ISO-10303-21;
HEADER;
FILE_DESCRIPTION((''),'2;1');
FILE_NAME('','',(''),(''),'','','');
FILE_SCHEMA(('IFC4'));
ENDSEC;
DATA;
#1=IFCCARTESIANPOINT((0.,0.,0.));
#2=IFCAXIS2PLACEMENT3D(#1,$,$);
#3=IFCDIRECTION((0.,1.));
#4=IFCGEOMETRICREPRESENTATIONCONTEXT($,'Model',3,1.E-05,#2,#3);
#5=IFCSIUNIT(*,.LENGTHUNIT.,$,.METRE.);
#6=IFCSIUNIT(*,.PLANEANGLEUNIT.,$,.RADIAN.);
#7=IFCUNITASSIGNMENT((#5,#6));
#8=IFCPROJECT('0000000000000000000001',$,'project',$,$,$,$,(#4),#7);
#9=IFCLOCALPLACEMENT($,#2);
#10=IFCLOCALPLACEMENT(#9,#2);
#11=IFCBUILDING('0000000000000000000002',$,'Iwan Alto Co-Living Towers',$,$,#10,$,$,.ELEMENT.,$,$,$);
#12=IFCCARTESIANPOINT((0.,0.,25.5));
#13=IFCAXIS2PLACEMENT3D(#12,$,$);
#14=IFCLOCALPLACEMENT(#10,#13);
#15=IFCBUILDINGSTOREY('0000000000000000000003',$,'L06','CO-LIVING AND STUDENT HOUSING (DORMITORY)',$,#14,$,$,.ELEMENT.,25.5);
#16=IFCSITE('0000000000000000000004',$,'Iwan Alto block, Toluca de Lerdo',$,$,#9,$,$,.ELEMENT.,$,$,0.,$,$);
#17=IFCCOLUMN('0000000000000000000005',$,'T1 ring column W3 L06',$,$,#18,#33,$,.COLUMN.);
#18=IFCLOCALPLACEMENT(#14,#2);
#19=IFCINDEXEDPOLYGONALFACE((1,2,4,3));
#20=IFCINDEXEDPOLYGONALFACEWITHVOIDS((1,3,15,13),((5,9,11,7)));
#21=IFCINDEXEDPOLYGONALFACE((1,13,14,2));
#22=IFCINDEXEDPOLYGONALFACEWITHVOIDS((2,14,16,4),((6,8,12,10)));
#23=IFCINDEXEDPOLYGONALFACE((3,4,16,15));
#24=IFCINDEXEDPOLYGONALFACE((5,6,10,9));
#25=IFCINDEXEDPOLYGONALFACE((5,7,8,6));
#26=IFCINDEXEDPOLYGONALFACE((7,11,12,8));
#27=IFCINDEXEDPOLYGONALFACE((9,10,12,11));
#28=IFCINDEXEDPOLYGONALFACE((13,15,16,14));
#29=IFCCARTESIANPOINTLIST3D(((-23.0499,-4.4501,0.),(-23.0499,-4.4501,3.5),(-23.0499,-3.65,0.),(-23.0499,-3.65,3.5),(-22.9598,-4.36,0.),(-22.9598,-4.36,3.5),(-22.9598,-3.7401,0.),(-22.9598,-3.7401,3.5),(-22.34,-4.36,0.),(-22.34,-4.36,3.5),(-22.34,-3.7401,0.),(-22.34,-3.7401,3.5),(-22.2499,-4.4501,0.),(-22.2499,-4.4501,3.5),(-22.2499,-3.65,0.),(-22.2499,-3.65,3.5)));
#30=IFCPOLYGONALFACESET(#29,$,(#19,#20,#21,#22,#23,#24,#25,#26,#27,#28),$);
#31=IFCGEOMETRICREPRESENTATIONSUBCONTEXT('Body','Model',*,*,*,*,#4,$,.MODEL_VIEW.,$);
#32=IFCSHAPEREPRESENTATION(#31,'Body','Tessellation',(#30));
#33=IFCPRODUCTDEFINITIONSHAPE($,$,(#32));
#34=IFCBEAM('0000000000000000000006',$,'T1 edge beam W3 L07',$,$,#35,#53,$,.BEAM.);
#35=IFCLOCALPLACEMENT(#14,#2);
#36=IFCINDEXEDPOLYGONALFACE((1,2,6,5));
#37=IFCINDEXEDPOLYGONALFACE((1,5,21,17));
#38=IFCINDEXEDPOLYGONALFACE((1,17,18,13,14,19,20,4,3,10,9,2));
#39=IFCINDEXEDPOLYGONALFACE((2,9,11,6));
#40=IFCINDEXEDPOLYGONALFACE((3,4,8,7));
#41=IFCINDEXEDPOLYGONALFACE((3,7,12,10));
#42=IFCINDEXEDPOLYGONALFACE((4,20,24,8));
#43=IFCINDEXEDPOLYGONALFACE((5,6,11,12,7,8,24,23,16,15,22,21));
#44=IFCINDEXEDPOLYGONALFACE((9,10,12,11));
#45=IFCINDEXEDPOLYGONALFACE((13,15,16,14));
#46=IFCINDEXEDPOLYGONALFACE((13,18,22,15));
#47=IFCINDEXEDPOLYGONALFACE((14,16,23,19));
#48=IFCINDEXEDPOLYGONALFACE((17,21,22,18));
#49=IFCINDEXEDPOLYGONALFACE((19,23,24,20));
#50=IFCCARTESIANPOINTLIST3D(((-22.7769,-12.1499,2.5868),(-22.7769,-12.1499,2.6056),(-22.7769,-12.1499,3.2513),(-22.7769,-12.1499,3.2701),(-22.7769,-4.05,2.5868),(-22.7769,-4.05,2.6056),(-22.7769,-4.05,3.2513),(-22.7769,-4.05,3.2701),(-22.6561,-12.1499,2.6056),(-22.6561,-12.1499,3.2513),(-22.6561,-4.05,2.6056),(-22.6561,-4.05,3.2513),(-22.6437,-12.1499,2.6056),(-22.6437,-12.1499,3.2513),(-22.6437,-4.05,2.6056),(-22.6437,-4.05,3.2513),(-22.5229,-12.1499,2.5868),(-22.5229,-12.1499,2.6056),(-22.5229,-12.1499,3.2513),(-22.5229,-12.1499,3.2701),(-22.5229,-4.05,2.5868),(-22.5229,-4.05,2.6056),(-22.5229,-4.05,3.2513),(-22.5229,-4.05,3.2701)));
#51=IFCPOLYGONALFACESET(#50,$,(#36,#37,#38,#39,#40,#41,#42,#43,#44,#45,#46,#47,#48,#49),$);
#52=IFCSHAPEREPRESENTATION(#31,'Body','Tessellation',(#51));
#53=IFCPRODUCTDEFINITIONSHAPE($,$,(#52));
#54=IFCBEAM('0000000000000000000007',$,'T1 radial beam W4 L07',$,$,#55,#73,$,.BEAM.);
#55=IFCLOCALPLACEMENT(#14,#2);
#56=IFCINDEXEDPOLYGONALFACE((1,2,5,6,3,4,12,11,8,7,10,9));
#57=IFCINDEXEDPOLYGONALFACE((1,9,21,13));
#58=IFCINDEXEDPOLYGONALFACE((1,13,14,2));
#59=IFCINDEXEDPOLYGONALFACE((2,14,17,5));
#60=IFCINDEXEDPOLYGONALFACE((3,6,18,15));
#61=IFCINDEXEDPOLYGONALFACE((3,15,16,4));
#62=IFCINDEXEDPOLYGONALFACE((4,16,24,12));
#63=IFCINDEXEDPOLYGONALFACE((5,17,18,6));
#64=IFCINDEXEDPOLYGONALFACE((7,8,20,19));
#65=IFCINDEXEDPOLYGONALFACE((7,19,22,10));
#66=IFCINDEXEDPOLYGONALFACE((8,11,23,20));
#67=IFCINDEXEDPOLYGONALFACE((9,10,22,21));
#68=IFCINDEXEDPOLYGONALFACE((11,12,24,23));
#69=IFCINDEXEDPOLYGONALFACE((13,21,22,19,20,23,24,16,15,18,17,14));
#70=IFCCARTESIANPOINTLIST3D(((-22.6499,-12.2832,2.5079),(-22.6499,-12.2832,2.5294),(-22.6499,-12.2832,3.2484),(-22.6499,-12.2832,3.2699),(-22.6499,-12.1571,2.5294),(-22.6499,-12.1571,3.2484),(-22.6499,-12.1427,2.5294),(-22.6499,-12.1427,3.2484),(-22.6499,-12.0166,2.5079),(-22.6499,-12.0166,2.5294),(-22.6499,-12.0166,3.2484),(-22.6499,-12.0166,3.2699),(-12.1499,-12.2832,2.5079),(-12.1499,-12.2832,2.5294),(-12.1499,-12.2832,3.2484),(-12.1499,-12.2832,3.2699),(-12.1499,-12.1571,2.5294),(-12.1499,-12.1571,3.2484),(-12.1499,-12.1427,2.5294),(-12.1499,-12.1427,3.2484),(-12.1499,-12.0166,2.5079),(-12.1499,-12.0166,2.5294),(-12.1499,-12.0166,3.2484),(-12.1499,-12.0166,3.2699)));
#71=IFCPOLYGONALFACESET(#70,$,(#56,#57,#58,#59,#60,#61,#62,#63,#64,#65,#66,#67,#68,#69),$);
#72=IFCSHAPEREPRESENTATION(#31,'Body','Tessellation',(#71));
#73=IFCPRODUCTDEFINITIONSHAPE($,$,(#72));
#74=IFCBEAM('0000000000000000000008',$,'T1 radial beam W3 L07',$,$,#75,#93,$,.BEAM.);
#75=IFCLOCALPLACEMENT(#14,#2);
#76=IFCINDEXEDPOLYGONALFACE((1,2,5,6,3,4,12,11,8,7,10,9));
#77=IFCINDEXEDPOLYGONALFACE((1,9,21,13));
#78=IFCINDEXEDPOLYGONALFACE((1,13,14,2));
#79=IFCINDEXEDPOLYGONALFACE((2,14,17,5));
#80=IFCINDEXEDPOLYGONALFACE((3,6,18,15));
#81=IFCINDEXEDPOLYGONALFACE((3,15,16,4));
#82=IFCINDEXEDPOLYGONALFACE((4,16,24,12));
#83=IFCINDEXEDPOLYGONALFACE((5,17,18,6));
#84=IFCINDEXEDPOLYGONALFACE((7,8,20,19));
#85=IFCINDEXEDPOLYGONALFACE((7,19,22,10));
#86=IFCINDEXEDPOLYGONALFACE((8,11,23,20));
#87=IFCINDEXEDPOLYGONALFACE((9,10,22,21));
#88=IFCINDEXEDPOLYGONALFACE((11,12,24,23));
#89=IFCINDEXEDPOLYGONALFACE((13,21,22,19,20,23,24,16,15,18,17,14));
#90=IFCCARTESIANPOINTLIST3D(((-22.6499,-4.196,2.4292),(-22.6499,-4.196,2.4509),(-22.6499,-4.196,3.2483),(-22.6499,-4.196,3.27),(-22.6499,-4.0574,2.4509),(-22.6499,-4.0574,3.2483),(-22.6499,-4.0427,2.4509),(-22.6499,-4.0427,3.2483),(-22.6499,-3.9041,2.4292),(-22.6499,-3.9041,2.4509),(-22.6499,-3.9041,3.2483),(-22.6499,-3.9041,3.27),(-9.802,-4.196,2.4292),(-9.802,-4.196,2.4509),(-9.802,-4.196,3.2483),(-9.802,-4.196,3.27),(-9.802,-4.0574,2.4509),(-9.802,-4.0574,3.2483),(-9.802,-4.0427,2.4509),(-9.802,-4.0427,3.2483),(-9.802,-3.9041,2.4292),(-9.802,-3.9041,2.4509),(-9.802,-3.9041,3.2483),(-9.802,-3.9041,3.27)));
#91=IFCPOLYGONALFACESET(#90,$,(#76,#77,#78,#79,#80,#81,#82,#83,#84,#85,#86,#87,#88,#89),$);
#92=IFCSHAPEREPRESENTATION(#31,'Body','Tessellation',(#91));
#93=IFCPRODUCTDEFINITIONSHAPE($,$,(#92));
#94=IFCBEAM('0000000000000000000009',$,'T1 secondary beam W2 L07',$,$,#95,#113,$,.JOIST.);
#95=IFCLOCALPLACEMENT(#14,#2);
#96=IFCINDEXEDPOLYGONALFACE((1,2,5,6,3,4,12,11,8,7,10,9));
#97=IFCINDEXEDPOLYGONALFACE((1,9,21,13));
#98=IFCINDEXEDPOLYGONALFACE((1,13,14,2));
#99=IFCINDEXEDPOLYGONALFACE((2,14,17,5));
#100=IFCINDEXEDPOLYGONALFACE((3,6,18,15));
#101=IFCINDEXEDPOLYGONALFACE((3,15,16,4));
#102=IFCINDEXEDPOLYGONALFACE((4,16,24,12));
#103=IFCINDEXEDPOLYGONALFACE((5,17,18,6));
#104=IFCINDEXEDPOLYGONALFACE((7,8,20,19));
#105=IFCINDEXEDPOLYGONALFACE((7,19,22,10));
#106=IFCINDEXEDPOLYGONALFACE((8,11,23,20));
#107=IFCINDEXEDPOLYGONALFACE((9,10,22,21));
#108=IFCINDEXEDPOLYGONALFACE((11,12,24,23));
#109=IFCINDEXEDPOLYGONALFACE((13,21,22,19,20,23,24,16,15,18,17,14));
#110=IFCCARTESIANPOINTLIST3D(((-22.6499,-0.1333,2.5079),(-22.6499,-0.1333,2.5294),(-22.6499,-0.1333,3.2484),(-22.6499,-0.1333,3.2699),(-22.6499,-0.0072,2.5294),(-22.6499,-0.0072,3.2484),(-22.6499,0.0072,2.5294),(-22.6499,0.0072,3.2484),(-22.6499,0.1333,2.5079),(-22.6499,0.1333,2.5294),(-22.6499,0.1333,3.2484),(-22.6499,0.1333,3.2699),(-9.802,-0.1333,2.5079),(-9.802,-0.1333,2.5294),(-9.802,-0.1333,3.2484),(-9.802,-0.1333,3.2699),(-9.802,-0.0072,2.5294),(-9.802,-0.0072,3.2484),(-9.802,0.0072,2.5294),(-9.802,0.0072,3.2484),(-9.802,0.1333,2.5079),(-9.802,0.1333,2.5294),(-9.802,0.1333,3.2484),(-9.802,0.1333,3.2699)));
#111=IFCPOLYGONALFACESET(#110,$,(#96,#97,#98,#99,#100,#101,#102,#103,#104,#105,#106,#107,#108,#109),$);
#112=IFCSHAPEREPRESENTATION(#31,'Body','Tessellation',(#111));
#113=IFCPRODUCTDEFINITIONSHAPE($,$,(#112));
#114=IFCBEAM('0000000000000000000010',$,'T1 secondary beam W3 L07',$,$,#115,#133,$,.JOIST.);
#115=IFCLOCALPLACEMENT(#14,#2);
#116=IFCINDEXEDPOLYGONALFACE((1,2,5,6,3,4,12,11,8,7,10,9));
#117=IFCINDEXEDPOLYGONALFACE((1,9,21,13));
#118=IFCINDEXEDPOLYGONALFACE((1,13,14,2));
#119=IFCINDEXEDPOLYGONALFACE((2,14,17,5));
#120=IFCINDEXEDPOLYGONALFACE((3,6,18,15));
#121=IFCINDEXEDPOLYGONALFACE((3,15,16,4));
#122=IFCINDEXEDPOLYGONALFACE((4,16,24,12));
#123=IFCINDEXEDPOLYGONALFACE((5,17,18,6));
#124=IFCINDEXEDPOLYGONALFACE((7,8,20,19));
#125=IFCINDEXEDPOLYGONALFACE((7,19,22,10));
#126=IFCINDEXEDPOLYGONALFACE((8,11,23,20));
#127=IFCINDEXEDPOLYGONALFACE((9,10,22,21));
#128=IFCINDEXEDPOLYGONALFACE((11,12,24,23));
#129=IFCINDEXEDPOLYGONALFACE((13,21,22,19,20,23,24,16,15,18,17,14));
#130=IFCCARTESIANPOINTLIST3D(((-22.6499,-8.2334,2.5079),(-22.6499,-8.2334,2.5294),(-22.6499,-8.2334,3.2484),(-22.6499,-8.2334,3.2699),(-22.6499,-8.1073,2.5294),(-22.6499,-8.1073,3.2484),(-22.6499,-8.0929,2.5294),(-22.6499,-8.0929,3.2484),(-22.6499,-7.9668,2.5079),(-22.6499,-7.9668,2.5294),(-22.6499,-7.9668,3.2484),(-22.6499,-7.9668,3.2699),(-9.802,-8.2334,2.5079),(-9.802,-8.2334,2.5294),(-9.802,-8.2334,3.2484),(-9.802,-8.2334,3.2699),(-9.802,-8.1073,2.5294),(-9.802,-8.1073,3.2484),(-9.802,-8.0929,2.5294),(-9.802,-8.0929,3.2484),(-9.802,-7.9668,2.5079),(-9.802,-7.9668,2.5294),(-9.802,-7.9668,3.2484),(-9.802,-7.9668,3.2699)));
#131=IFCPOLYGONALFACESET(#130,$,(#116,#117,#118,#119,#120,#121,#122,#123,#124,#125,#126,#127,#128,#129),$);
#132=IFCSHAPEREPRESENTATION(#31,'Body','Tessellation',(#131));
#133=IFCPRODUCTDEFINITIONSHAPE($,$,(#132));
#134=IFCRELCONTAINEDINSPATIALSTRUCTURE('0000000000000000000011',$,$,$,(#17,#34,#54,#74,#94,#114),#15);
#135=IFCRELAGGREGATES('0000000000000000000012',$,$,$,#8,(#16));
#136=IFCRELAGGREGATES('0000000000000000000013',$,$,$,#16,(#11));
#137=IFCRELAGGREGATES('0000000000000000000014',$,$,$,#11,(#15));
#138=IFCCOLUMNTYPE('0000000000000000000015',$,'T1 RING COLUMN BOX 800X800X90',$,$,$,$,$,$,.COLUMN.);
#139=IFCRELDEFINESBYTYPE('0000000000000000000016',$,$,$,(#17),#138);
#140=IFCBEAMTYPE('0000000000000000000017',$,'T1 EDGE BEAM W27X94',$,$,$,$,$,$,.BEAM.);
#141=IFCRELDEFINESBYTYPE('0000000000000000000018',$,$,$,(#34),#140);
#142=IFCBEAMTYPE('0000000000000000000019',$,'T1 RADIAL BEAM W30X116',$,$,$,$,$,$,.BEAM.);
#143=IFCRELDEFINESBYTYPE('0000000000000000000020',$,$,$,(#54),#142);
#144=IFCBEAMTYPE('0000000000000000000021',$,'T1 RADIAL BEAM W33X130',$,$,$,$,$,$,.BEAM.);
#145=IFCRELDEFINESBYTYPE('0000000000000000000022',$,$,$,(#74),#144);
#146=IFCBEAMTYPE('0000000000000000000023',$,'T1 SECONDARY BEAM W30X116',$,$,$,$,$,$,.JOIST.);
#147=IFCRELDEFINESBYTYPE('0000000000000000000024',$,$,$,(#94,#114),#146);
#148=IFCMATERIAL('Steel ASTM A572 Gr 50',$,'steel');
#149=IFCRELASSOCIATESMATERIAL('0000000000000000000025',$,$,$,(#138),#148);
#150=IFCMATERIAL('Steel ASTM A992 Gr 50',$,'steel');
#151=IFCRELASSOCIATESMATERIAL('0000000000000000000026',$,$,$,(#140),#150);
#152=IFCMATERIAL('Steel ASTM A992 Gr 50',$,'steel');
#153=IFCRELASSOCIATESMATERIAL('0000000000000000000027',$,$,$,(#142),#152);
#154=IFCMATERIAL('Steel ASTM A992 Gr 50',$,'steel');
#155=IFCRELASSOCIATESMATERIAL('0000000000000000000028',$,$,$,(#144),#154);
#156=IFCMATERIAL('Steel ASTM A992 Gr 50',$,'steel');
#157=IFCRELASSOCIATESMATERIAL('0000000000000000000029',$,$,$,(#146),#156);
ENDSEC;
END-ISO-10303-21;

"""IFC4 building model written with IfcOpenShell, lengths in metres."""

from ifc_helpers import new_model, si_unit, direction, frame, origin, origin_2d, place, context, subcontext, project, spatial, hollow_rectangle, i_section, extrude, material, material_profile, profile_set, type_object, element, save


model = new_model("IFC4")

# Units and contexts
model_context = context("Model", 3, precision=1e-05, world=origin(), true_north=direction((0.0, 1.0)))
body_context = subcontext(model_context, "Body", "Model", "MODEL_VIEW")
ifc_project = project(units=[si_unit("LENGTHUNIT", "METRE"), si_unit("PLANEANGLEUNIT", "RADIAN")], contexts=[model_context])

# Site, building, storey
site_placement = place(None, origin())
site = spatial("IfcSite", under=ifc_project, at=site_placement, Name="Iwan Alto block, Toluca de Lerdo", CompositionType="ELEMENT", RefElevation=0.0)
building_placement = place(site_placement, origin())
building = spatial("IfcBuilding", under=site, at=building_placement, Name="Iwan Alto Co-Living Towers", CompositionType="ELEMENT")
storey_placement = place(building_placement, frame((0.0, 0.0, 25.5)))
storey = spatial("IfcBuildingStorey", under=building, at=storey_placement, Name="L06", Description="CO-LIVING AND STUDENT HOUSING (DORMITORY)", CompositionType="ELEMENT", Elevation=25.5)

# Column
ifc_material_1 = material(Name="Steel ASTM A572 Gr 50", Category="steel")
ifc_material_profile_1 = material_profile(ifc_material_1, hollow_rectangle(XDim=0.8, YDim=0.8, WallThickness=0.0901, at=origin_2d()), Name="BOX 800X800X90")
ifc_profile_set_1 = profile_set([ifc_material_profile_1], Name="Steel ASTM A572 Gr 50")
column_type = type_object("IfcColumnType", Name="T1 RING COLUMN BOX 800X800X90", PredefinedType="COLUMN", material=ifc_profile_set_1)
column_placement = place(storey_placement, frame((-22.6499, -4.05, 0.0), z_axis=(0.0, 0.0, 1.0), x_axis=(1.0, 0.0, 0.0)))
element("IfcColumn", 1, at=column_placement, inside=storey, type_object=column_type, Name="T1 ring column W3 L06", PredefinedType="COLUMN", context=body_context, shape_type="SweptSolid", body=[
    extrude(hollow_rectangle(XDim=0.8, YDim=0.8, WallThickness=0.0901, at=origin_2d()), origin(), (0.0, 0.0, 1.0), 3.5),
])

# Beams
ifc_material_2 = material(Name="Steel ASTM A992 Gr 50", Category="steel")
ifc_material_profile_2 = material_profile(ifc_material_2, i_section(OverallWidth=0.2539, OverallDepth=0.6833, WebThickness=0.0125, FlangeThickness=0.0188, at=origin_2d()), Name="W27X94")
ifc_profile_set_2 = profile_set([ifc_material_profile_2], Name="Steel ASTM A992 Gr 50")
beam_type_1 = type_object("IfcBeamType", Name="T1 EDGE BEAM W27X94", PredefinedType="BEAM", material=ifc_profile_set_2)
beam_1_placement = place(storey_placement, frame((-22.6499, -4.05, 2.9285), z_axis=(0.0, -1.0, 0.0), x_axis=(1.0, 0.0, 0.0)))
element("IfcBeam", 2, at=beam_1_placement, inside=storey, type_object=beam_type_1, Name="T1 edge beam W3 L07", PredefinedType="BEAM", context=body_context, shape_type="SweptSolid", body=[
    extrude(i_section(OverallWidth=0.2539, OverallDepth=0.6833, WebThickness=0.0125, FlangeThickness=0.0188, at=origin_2d()), origin(), (0.0, 0.0, 1.0), 8.0999),
])
ifc_material_3 = material(Name="Steel ASTM A992 Gr 50", Category="steel")
ifc_material_profile_3 = material_profile(ifc_material_3, i_section(OverallWidth=0.2666, OverallDepth=0.762, WebThickness=0.0144, FlangeThickness=0.0215, at=origin_2d()), Name="W30X116")
ifc_profile_set_3 = profile_set([ifc_material_profile_3], Name="Steel ASTM A992 Gr 50")
beam_type_2 = type_object("IfcBeamType", Name="T1 RADIAL BEAM W30X116", PredefinedType="BEAM", material=ifc_profile_set_3)
beam_2_placement = place(storey_placement, frame((-22.6499, -12.1499, 2.8889), z_axis=(1.0, 0.0, 0.0), x_axis=(0.0, 1.0, 0.0)))
element("IfcBeam", 3, at=beam_2_placement, inside=storey, type_object=beam_type_2, Name="T1 radial beam W4 L07", PredefinedType="BEAM", context=body_context, shape_type="SweptSolid", body=[
    extrude(i_section(OverallWidth=0.2666, OverallDepth=0.762, WebThickness=0.0144, FlangeThickness=0.0215, at=origin_2d()), origin(), (0.0, 0.0, 1.0), 10.5),
])
ifc_material_4 = material(Name="Steel ASTM A992 Gr 50", Category="steel")
ifc_material_profile_4 = material_profile(ifc_material_4, i_section(OverallWidth=0.292, OverallDepth=0.8408, WebThickness=0.0146, FlangeThickness=0.0217, at=origin_2d()), Name="W33X130")
ifc_profile_set_4 = profile_set([ifc_material_profile_4], Name="Steel ASTM A992 Gr 50")
beam_type_3 = type_object("IfcBeamType", Name="T1 RADIAL BEAM W33X130", PredefinedType="BEAM", material=ifc_profile_set_4)
beam_3_placement = place(storey_placement, frame((-22.6499, -4.05, 2.8496), z_axis=(1.0, 0.0, 0.0), x_axis=(0.0, 1.0, 0.0)))
element("IfcBeam", 4, at=beam_3_placement, inside=storey, type_object=beam_type_3, Name="T1 radial beam W3 L07", PredefinedType="BEAM", context=body_context, shape_type="SweptSolid", body=[
    extrude(i_section(OverallWidth=0.292, OverallDepth=0.8408, WebThickness=0.0146, FlangeThickness=0.0217, at=origin_2d()), origin(), (0.0, 0.0, 1.0), 12.8479),
])
ifc_material_5 = material(Name="Steel ASTM A992 Gr 50", Category="steel")
ifc_material_profile_5 = material_profile(ifc_material_5, i_section(OverallWidth=0.2666, OverallDepth=0.762, WebThickness=0.0144, FlangeThickness=0.0215, at=origin_2d()), Name="W30X116")
ifc_profile_set_5 = profile_set([ifc_material_profile_5], Name="Steel ASTM A992 Gr 50")
beam_type_4 = type_object("IfcBeamType", Name="T1 SECONDARY BEAM W30X116", PredefinedType="JOIST", material=ifc_profile_set_5)
for number, where, z_axis, x_axis, name in (
    (5, (-22.6499, 0.0, 2.8889), (1.0, 0.0, 0.0), (0.0, 1.0, 0.0), "T1 secondary beam W2 L07"),
    (6, (-22.6499, -8.1001, 2.8889), (1.0, 0.0, 0.0), (0.0, 1.0, 0.0), "T1 secondary beam W3 L07"),
):
    element("IfcBeam", number, at=place(storey_placement, frame(where, z_axis=z_axis, x_axis=x_axis)), inside=storey, type_object=beam_type_4, Name=name, PredefinedType="JOIST", context=body_context, shape_type="SweptSolid", body=[
        extrude(i_section(OverallWidth=0.2666, OverallDepth=0.762, WebThickness=0.0144, FlangeThickness=0.0215, at=origin_2d()), origin(), (0.0, 0.0, 1.0), 12.8479),
    ])

save(model, "model.ifc")
